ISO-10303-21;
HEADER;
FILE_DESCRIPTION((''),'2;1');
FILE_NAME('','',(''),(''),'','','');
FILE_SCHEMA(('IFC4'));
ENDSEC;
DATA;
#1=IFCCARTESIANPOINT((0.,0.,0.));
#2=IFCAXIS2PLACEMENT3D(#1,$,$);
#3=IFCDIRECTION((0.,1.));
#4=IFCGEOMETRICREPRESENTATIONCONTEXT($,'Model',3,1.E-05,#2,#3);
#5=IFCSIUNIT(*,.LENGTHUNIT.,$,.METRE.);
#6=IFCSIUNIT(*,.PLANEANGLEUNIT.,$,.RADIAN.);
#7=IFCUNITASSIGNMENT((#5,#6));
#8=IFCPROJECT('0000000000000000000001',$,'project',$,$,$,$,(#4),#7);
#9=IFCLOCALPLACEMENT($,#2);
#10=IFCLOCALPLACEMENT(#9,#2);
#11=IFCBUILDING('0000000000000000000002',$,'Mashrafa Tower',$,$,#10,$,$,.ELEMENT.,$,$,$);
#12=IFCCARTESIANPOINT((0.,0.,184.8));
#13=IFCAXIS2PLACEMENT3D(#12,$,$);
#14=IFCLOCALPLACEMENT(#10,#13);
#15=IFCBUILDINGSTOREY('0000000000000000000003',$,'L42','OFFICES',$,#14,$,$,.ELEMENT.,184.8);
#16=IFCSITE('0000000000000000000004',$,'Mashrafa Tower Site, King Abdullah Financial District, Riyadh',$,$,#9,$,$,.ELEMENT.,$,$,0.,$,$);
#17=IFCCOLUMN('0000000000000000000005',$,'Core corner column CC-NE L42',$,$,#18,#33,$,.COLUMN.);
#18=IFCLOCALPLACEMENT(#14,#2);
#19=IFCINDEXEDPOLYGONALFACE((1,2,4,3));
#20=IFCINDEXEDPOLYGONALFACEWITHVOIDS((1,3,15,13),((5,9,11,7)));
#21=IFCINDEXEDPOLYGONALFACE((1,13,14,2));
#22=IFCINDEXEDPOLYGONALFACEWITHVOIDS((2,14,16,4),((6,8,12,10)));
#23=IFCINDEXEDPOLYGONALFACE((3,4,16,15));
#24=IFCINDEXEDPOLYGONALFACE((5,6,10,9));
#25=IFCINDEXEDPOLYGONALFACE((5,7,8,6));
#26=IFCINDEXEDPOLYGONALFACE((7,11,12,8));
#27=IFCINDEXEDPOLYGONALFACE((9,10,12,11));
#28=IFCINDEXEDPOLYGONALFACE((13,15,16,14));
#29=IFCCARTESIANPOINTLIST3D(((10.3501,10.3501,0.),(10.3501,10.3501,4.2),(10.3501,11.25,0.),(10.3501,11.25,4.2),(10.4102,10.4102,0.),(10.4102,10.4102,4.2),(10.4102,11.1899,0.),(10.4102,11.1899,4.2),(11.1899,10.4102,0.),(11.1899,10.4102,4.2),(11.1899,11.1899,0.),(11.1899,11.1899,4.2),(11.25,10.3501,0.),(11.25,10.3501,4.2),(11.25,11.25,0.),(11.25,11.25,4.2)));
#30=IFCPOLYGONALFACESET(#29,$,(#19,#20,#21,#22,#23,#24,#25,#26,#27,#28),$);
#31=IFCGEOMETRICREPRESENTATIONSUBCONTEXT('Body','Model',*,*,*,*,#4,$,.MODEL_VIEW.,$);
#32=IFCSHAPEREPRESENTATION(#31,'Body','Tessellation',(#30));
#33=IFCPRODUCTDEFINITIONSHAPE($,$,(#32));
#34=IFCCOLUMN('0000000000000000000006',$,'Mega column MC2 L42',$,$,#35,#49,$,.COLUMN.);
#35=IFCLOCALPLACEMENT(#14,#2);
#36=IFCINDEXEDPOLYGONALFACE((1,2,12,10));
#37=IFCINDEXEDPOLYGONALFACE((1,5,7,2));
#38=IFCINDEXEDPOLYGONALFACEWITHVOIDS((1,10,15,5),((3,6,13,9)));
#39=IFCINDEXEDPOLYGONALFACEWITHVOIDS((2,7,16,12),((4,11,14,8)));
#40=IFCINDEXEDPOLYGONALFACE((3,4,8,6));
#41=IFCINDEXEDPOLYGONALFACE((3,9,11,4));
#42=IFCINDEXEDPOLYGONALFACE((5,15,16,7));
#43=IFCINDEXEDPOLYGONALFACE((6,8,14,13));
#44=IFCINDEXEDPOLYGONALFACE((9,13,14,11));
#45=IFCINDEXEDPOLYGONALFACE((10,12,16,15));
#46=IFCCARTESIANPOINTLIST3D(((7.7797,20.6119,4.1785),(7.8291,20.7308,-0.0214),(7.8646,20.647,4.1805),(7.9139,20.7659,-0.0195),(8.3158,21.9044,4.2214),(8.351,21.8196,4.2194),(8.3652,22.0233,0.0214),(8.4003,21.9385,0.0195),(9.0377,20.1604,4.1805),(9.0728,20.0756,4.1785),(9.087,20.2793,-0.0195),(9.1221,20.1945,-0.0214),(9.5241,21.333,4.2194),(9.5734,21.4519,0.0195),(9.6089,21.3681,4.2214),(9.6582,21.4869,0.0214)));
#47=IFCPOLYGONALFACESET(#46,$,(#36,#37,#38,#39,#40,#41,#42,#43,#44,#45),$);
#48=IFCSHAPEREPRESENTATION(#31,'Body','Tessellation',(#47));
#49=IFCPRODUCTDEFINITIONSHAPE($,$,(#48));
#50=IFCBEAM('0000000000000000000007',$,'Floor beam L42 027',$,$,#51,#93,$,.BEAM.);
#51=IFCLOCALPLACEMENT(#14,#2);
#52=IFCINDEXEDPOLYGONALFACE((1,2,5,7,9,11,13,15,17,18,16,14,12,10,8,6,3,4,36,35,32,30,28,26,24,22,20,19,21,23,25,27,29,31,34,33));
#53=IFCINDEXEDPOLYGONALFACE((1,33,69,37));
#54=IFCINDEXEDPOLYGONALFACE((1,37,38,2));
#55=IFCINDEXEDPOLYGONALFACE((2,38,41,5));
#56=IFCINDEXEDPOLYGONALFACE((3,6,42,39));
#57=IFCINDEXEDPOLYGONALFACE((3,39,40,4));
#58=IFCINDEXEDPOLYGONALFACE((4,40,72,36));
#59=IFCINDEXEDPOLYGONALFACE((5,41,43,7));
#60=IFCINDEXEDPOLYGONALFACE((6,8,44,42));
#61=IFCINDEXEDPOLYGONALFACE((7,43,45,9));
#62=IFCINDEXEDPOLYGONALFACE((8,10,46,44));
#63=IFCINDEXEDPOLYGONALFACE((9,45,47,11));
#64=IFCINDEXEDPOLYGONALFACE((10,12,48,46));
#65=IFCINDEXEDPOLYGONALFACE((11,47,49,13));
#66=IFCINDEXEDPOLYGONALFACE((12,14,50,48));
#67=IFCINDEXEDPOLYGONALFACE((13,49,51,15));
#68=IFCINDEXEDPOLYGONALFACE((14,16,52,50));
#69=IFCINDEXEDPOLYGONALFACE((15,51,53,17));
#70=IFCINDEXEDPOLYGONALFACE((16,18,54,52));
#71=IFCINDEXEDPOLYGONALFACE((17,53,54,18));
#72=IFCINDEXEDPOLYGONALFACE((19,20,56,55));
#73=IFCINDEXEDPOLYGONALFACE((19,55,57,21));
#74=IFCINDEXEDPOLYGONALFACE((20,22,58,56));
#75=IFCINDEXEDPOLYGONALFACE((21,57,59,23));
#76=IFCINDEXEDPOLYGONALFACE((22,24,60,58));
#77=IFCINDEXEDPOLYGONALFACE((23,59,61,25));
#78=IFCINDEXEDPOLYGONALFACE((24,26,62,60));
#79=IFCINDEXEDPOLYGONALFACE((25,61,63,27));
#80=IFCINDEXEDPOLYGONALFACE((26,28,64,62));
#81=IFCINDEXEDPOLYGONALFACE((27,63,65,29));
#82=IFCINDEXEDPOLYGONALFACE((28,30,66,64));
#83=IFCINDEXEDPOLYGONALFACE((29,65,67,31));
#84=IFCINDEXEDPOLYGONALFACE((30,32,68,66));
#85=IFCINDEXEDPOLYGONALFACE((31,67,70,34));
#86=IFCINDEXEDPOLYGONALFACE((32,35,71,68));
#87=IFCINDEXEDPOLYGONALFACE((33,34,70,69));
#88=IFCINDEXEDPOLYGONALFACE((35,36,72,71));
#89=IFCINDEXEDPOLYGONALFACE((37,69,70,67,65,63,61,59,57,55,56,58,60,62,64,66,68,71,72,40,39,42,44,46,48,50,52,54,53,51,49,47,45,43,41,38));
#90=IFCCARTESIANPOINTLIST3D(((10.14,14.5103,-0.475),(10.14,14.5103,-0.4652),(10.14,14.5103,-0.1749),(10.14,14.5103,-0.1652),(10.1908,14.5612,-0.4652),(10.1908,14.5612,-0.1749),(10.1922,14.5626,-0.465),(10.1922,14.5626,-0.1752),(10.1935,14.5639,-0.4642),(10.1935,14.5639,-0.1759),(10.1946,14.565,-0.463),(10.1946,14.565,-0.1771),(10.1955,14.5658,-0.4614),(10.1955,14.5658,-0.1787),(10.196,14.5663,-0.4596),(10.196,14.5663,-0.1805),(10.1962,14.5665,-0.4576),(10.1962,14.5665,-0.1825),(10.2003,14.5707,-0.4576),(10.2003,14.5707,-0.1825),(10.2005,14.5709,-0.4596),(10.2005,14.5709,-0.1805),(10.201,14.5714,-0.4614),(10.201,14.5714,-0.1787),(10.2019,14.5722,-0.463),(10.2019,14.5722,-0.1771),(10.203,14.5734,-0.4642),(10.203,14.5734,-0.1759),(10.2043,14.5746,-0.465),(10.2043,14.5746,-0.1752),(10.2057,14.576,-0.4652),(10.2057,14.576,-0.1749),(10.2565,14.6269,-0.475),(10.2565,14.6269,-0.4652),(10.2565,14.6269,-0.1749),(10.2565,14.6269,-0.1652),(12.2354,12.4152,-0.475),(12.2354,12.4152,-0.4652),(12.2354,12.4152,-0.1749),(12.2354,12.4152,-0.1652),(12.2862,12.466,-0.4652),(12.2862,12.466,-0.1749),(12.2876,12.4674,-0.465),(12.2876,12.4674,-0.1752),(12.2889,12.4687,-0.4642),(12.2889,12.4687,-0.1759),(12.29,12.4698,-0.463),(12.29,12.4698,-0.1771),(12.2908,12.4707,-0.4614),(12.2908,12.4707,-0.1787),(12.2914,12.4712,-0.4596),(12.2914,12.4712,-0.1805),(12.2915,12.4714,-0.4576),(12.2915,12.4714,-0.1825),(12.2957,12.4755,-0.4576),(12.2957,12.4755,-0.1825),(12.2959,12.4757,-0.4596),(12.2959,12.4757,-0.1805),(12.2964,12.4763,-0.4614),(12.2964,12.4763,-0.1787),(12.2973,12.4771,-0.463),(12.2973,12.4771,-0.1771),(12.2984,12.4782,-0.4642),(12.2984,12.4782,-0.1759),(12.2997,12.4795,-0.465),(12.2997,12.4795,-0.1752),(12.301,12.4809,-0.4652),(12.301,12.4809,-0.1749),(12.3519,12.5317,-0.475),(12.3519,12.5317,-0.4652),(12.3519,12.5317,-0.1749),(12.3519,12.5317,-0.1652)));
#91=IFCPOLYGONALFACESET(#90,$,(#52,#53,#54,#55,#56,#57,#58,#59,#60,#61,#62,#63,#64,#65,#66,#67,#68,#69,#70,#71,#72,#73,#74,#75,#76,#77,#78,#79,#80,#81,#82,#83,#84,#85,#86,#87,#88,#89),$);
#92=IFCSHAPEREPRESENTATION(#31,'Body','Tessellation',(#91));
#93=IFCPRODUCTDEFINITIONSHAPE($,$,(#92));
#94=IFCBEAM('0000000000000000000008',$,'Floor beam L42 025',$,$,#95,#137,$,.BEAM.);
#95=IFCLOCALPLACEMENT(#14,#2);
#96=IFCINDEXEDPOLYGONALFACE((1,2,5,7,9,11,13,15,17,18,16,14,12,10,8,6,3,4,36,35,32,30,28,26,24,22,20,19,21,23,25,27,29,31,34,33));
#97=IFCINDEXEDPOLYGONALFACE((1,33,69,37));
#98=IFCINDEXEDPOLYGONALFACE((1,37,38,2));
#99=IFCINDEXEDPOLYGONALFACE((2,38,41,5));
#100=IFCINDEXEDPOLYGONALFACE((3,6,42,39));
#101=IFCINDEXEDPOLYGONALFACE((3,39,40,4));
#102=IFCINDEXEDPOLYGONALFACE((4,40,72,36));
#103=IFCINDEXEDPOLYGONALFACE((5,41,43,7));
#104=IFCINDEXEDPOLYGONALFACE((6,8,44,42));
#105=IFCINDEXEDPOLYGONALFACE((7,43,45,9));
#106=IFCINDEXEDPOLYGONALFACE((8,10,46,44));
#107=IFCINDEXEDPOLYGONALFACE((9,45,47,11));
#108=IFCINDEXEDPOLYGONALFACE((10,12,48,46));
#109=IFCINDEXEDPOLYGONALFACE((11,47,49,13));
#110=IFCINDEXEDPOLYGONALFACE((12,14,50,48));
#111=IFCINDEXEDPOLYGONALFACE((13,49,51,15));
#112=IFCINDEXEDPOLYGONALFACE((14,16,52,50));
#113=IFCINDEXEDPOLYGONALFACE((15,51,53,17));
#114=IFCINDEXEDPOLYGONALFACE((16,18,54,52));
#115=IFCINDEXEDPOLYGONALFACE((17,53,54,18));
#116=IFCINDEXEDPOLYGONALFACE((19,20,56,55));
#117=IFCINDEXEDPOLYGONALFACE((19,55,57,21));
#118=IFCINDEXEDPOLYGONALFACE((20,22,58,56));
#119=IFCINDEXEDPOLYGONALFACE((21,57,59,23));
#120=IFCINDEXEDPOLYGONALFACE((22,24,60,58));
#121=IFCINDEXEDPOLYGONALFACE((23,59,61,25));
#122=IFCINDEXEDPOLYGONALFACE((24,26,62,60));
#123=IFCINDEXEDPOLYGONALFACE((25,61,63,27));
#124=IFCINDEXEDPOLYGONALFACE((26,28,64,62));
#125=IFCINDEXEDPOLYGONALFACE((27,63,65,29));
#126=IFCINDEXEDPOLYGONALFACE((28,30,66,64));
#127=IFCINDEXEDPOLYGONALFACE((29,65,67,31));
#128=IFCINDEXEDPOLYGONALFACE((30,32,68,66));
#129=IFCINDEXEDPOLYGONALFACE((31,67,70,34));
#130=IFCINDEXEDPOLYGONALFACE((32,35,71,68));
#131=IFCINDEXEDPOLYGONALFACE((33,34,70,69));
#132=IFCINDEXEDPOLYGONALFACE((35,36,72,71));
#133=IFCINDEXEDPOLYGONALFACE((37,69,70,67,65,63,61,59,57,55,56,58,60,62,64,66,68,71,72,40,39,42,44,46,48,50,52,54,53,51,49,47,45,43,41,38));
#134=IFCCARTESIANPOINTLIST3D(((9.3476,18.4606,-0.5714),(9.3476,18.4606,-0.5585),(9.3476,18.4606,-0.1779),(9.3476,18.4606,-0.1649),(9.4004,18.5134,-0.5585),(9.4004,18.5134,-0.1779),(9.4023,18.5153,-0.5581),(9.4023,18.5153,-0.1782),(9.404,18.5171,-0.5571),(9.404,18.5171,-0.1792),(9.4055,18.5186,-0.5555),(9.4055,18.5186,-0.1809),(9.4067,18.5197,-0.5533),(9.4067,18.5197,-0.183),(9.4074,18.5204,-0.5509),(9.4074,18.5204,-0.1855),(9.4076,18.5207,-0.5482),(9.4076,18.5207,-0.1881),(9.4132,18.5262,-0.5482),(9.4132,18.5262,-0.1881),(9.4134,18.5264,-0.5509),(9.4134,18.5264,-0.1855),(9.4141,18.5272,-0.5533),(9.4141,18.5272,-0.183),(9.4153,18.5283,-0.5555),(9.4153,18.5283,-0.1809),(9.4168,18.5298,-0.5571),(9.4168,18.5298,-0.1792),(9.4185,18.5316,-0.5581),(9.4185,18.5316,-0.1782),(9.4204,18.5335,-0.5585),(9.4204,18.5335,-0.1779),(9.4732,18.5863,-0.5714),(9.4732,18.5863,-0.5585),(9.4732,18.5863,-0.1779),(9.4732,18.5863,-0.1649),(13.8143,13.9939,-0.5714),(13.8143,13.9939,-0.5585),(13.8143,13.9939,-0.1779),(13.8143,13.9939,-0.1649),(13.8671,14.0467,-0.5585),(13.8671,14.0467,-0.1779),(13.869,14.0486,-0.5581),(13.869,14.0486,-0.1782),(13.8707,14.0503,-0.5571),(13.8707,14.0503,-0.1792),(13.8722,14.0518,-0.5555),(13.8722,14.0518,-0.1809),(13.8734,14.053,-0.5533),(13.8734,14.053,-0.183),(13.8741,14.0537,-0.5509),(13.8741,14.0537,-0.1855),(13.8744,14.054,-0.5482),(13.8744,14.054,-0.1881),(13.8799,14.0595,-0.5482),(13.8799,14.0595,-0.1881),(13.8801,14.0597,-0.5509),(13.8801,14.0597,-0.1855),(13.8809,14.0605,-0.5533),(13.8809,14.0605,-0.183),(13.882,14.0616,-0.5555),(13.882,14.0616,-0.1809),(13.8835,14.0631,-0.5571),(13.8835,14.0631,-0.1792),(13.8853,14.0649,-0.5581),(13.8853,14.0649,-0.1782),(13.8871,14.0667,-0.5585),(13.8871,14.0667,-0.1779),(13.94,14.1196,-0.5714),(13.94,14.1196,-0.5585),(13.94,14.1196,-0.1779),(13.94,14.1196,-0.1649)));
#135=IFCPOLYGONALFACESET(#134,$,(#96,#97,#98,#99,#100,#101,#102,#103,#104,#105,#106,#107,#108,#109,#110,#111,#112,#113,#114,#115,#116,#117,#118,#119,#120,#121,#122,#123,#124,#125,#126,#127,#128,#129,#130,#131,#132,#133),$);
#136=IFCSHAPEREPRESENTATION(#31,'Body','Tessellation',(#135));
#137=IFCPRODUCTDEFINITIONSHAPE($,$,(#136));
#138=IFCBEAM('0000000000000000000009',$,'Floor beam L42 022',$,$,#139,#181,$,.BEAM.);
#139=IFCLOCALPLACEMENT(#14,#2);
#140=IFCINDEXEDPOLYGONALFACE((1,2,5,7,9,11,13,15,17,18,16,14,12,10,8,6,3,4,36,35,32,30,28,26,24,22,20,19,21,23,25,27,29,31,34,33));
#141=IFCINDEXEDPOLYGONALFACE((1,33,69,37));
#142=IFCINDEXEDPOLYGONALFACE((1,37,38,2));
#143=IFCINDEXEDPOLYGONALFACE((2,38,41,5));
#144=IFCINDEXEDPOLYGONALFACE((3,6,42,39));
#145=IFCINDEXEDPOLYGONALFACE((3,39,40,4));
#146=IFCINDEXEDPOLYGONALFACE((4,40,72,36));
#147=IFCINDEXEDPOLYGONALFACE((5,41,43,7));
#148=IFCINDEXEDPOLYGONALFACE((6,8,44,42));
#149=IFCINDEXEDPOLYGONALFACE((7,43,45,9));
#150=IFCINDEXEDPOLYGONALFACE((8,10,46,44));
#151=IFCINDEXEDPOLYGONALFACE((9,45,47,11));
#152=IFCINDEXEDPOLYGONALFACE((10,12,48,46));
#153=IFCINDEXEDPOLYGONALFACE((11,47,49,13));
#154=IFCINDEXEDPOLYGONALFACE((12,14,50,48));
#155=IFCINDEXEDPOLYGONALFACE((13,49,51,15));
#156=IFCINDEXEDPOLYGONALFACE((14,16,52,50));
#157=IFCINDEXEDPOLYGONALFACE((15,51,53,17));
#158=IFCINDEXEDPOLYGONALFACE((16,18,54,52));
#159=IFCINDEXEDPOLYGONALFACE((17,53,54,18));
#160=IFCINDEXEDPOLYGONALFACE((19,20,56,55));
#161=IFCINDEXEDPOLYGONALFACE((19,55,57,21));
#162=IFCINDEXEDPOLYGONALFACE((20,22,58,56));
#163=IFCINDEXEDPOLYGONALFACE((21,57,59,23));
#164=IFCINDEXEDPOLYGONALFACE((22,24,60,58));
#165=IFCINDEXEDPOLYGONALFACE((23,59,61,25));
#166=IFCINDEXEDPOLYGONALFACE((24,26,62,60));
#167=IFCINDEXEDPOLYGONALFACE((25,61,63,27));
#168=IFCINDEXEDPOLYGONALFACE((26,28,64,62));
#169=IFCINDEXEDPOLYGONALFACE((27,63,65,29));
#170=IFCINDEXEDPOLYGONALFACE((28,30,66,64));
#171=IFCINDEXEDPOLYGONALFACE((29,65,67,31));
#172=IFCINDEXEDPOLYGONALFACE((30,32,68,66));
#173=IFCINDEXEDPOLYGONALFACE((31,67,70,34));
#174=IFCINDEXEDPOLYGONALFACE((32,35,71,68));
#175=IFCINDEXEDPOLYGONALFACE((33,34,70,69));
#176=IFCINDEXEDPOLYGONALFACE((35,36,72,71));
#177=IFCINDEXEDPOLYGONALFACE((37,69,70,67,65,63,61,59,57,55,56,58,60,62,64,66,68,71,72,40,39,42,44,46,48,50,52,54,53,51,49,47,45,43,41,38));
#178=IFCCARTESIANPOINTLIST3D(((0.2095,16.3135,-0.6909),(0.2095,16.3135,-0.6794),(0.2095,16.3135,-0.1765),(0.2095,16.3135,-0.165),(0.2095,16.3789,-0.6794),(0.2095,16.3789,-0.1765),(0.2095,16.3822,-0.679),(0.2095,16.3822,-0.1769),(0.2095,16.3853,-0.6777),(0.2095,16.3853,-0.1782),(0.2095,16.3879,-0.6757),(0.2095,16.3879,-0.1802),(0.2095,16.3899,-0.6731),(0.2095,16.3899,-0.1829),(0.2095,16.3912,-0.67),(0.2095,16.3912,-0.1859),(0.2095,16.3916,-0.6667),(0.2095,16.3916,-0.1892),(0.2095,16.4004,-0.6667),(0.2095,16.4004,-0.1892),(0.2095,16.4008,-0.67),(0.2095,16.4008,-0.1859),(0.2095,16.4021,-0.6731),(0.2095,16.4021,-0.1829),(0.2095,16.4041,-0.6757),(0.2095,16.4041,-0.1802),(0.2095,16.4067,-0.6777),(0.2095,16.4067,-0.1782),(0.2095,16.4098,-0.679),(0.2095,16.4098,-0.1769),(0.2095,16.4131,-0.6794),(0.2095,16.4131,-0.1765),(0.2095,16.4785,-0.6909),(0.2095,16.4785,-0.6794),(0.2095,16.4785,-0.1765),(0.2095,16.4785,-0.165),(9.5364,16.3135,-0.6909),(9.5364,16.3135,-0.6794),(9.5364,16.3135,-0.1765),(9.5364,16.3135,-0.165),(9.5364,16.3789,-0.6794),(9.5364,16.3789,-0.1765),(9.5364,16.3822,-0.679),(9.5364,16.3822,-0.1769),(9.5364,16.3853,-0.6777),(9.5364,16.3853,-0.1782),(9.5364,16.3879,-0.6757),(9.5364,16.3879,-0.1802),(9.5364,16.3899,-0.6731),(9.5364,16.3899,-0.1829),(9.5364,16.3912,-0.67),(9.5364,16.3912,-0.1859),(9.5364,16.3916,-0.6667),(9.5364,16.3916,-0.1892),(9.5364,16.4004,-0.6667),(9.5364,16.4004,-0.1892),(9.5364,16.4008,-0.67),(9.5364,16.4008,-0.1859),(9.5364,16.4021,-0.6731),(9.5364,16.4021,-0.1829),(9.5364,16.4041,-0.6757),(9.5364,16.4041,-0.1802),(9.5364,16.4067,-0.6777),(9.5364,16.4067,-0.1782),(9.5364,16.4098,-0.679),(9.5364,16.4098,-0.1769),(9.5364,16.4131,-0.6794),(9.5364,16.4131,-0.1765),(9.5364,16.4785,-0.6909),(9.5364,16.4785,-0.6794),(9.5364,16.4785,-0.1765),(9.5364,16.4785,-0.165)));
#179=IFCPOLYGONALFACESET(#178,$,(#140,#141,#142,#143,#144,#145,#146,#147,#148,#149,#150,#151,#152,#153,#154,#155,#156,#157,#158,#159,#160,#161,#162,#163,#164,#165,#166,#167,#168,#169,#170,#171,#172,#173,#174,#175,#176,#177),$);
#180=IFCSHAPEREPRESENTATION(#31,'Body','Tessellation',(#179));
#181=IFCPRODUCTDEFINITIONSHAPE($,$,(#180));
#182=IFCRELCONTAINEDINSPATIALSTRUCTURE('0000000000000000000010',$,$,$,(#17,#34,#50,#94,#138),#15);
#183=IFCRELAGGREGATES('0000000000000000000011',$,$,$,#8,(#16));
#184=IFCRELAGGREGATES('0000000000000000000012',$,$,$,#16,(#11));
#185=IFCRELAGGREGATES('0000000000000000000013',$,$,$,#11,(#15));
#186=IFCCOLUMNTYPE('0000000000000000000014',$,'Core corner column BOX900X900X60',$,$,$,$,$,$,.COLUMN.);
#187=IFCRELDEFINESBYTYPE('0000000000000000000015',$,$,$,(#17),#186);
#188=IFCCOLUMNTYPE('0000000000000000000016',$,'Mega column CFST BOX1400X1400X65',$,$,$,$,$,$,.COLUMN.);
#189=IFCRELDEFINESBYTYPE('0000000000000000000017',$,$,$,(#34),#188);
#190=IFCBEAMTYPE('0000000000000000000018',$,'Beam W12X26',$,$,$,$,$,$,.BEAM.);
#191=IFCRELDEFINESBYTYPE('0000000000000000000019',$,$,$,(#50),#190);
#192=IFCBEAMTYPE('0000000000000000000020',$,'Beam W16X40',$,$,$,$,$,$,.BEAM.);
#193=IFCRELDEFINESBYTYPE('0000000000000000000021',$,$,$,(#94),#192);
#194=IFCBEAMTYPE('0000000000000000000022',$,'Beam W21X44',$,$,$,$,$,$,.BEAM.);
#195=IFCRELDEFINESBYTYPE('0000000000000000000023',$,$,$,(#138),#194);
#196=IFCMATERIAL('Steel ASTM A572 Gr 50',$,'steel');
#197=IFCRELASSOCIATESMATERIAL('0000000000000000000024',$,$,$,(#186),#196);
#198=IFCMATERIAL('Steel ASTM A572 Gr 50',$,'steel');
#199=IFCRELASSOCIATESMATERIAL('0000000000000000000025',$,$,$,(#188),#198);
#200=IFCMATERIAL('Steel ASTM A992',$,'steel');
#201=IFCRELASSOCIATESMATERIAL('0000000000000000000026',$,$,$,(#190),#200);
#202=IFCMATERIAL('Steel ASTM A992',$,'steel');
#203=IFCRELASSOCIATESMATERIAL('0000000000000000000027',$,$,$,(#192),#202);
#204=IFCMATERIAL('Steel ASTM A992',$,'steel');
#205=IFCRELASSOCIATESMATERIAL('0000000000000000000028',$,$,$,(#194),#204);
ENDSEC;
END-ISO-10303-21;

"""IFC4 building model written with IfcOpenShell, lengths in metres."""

from ifc_helpers import new_model, si_unit, direction, frame, origin, origin_2d, place, context, subcontext, project, spatial, hollow_rectangle, i_section, extrude, material, material_profile, profile_set, type_object, element, save


model = new_model("IFC4")

# Units and contexts
model_context = context("Model", 3, precision=1e-05, world=origin(), true_north=direction((0.0, 1.0)))
body_context = subcontext(model_context, "Body", "Model", "MODEL_VIEW")
ifc_project = project(units=[si_unit("LENGTHUNIT", "METRE"), si_unit("PLANEANGLEUNIT", "RADIAN")], contexts=[model_context])

# Site, building, storey
site_placement = place(None, origin())
site = spatial("IfcSite", under=ifc_project, at=site_placement, Name="Mashrafa Tower Site, King Abdullah Financial District, Riyadh", CompositionType="ELEMENT", RefElevation=0.0)
building_placement = place(site_placement, origin())
building = spatial("IfcBuilding", under=site, at=building_placement, Name="Mashrafa Tower", CompositionType="ELEMENT")
storey_placement = place(building_placement, frame((0.0, 0.0, 184.8)))
storey = spatial("IfcBuildingStorey", under=building, at=storey_placement, Name="L42", Description="OFFICES", CompositionType="ELEMENT", Elevation=184.8)

# Columns
ifc_material_1 = material(Name="Steel ASTM A572 Gr 50", Category="steel")
ifc_material_profile_1 = material_profile(ifc_material_1, hollow_rectangle(XDim=0.8999, YDim=0.8999, WallThickness=0.0601, at=origin_2d()), Name="BOX900X900X60")
ifc_profile_set_1 = profile_set([ifc_material_profile_1], Name="Steel ASTM A572 Gr 50")
column_type_1 = type_object("IfcColumnType", Name="Core corner column BOX900X900X60", PredefinedType="COLUMN", material=ifc_profile_set_1)
column_1_placement = place(storey_placement, frame((10.8, 10.8, 0.0), z_axis=(0.0, 0.0, 1.0), x_axis=(1.0, 0.0, 0.0)))
element("IfcColumn", 1, at=column_1_placement, inside=storey, type_object=column_type_1, Name="Core corner column CC-NE L42", PredefinedType="COLUMN", context=body_context, shape_type="SweptSolid", body=[
    extrude(hollow_rectangle(XDim=0.8999, YDim=0.8999, WallThickness=0.0601, at=origin_2d()), origin(), (0.0, 0.0, 1.0), 4.2),
])
ifc_material_2 = material(Name="Steel ASTM A572 Gr 50", Category="steel")
ifc_material_profile_2 = material_profile(ifc_material_2, hollow_rectangle(XDim=1.3999, YDim=1.3999, WallThickness=0.0649, at=origin_2d()), Name="BOX1400X1400X65")
ifc_profile_set_2 = profile_set([ifc_material_profile_2], Name="Steel ASTM A572 Gr 50")
column_type_2 = type_object("IfcColumnType", Name="Mega column CFST BOX1400X1400X65", PredefinedType="COLUMN", material=ifc_profile_set_2)
column_2_placement = place(storey_placement, frame((8.7437, 21.1089, 0.0), z_axis=(-0.011737, -0.028296, 0.999531), x_axis=(0.923693, -0.383133, 0.0)))
element("IfcColumn", 2, at=column_2_placement, inside=storey, type_object=column_type_2, Name="Mega column MC2 L42", PredefinedType="COLUMN", context=body_context, shape_type="SweptSolid", body=[
    extrude(hollow_rectangle(XDim=1.3999, YDim=1.3999, WallThickness=0.0649, at=origin_2d()), origin(), (0.0, 0.0, 1.0), 4.2019),
])

# Beams
ifc_material_3 = material(Name="Steel ASTM A992", Category="steel")
ifc_material_profile_3 = material_profile(ifc_material_3, i_section(OverallWidth=0.1648, OverallDepth=0.3098, WebThickness=0.0059, FlangeThickness=0.0098, FilletRadius=0.0076, at=origin_2d()), Name="W12X26")
ifc_profile_set_3 = profile_set([ifc_material_profile_3], Name="Steel ASTM A992")
beam_type_1 = type_object("IfcBeamType", Name="Beam W12X26", PredefinedType="BEAM", material=ifc_profile_set_3)
beam_1_placement = place(storey_placement, frame((10.1982, 14.5686, -0.3201), z_axis=(0.707148, -0.707066, 0.0), x_axis=(0.707066, 0.707148, 0.0)))
element("IfcBeam", 3, at=beam_1_placement, inside=storey, type_object=beam_type_1, Name="Floor beam L42 027", PredefinedType="BEAM", context=body_context, shape_type="SweptSolid", body=[
    extrude(i_section(OverallWidth=0.1648, OverallDepth=0.3098, WebThickness=0.0059, FlangeThickness=0.0098, FilletRadius=0.0076, at=origin_2d()), origin(), (0.0, 0.0, 1.0), 2.9631),
])
ifc_material_4 = material(Name="Steel ASTM A992", Category="steel")
ifc_material_profile_4 = material_profile(ifc_material_4, i_section(OverallWidth=0.1777, OverallDepth=0.4065, WebThickness=0.0078, FlangeThickness=0.0129, FilletRadius=0.0103, at=origin_2d()), Name="W16X40")
ifc_profile_set_4 = profile_set([ifc_material_profile_4], Name="Steel ASTM A992")
beam_type_2 = type_object("IfcBeamType", Name="Beam W16X40", PredefinedType="BEAM", material=ifc_profile_set_4)
beam_2_placement = place(storey_placement, frame((9.4104, 18.5234, -0.3682), z_axis=(0.707107, -0.707107, 0.0), x_axis=(0.707107, 0.707107, 0.0)))
element("IfcBeam", 4, at=beam_2_placement, inside=storey, type_object=beam_type_2, Name="Floor beam L42 025", PredefinedType="BEAM", context=body_context, shape_type="SweptSolid", body=[
    extrude(i_section(OverallWidth=0.1777, OverallDepth=0.4065, WebThickness=0.0078, FlangeThickness=0.0129, FilletRadius=0.0103, at=origin_2d()), origin(), (0.0, 0.0, 1.0), 6.3169),
])
ifc_material_5 = material(Name="Steel ASTM A992", Category="steel")
ifc_material_profile_5 = material_profile(ifc_material_5, i_section(OverallWidth=0.165, OverallDepth=0.5259, WebThickness=0.0088, FlangeThickness=0.0115, FilletRadius=0.0127, at=origin_2d()), Name="W21X44")
ifc_profile_set_5 = profile_set([ifc_material_profile_5], Name="Steel ASTM A992")
beam_type_3 = type_object("IfcBeamType", Name="Beam W21X44", PredefinedType="BEAM", material=ifc_profile_set_5)
beam_3_placement = place(storey_placement, frame((0.2095, 16.396, -0.428), z_axis=(1.0, 0.0, 0.0), x_axis=(0.0, 1.0, 0.0)))
element("IfcBeam", 5, at=beam_3_placement, inside=storey, type_object=beam_type_3, Name="Floor beam L42 022", PredefinedType="BEAM", context=body_context, shape_type="SweptSolid", body=[
    extrude(i_section(OverallWidth=0.165, OverallDepth=0.5259, WebThickness=0.0088, FlangeThickness=0.0115, FilletRadius=0.0127, at=origin_2d()), origin(), (0.0, 0.0, 1.0), 9.3269),
])

save(model, "model.ifc")
